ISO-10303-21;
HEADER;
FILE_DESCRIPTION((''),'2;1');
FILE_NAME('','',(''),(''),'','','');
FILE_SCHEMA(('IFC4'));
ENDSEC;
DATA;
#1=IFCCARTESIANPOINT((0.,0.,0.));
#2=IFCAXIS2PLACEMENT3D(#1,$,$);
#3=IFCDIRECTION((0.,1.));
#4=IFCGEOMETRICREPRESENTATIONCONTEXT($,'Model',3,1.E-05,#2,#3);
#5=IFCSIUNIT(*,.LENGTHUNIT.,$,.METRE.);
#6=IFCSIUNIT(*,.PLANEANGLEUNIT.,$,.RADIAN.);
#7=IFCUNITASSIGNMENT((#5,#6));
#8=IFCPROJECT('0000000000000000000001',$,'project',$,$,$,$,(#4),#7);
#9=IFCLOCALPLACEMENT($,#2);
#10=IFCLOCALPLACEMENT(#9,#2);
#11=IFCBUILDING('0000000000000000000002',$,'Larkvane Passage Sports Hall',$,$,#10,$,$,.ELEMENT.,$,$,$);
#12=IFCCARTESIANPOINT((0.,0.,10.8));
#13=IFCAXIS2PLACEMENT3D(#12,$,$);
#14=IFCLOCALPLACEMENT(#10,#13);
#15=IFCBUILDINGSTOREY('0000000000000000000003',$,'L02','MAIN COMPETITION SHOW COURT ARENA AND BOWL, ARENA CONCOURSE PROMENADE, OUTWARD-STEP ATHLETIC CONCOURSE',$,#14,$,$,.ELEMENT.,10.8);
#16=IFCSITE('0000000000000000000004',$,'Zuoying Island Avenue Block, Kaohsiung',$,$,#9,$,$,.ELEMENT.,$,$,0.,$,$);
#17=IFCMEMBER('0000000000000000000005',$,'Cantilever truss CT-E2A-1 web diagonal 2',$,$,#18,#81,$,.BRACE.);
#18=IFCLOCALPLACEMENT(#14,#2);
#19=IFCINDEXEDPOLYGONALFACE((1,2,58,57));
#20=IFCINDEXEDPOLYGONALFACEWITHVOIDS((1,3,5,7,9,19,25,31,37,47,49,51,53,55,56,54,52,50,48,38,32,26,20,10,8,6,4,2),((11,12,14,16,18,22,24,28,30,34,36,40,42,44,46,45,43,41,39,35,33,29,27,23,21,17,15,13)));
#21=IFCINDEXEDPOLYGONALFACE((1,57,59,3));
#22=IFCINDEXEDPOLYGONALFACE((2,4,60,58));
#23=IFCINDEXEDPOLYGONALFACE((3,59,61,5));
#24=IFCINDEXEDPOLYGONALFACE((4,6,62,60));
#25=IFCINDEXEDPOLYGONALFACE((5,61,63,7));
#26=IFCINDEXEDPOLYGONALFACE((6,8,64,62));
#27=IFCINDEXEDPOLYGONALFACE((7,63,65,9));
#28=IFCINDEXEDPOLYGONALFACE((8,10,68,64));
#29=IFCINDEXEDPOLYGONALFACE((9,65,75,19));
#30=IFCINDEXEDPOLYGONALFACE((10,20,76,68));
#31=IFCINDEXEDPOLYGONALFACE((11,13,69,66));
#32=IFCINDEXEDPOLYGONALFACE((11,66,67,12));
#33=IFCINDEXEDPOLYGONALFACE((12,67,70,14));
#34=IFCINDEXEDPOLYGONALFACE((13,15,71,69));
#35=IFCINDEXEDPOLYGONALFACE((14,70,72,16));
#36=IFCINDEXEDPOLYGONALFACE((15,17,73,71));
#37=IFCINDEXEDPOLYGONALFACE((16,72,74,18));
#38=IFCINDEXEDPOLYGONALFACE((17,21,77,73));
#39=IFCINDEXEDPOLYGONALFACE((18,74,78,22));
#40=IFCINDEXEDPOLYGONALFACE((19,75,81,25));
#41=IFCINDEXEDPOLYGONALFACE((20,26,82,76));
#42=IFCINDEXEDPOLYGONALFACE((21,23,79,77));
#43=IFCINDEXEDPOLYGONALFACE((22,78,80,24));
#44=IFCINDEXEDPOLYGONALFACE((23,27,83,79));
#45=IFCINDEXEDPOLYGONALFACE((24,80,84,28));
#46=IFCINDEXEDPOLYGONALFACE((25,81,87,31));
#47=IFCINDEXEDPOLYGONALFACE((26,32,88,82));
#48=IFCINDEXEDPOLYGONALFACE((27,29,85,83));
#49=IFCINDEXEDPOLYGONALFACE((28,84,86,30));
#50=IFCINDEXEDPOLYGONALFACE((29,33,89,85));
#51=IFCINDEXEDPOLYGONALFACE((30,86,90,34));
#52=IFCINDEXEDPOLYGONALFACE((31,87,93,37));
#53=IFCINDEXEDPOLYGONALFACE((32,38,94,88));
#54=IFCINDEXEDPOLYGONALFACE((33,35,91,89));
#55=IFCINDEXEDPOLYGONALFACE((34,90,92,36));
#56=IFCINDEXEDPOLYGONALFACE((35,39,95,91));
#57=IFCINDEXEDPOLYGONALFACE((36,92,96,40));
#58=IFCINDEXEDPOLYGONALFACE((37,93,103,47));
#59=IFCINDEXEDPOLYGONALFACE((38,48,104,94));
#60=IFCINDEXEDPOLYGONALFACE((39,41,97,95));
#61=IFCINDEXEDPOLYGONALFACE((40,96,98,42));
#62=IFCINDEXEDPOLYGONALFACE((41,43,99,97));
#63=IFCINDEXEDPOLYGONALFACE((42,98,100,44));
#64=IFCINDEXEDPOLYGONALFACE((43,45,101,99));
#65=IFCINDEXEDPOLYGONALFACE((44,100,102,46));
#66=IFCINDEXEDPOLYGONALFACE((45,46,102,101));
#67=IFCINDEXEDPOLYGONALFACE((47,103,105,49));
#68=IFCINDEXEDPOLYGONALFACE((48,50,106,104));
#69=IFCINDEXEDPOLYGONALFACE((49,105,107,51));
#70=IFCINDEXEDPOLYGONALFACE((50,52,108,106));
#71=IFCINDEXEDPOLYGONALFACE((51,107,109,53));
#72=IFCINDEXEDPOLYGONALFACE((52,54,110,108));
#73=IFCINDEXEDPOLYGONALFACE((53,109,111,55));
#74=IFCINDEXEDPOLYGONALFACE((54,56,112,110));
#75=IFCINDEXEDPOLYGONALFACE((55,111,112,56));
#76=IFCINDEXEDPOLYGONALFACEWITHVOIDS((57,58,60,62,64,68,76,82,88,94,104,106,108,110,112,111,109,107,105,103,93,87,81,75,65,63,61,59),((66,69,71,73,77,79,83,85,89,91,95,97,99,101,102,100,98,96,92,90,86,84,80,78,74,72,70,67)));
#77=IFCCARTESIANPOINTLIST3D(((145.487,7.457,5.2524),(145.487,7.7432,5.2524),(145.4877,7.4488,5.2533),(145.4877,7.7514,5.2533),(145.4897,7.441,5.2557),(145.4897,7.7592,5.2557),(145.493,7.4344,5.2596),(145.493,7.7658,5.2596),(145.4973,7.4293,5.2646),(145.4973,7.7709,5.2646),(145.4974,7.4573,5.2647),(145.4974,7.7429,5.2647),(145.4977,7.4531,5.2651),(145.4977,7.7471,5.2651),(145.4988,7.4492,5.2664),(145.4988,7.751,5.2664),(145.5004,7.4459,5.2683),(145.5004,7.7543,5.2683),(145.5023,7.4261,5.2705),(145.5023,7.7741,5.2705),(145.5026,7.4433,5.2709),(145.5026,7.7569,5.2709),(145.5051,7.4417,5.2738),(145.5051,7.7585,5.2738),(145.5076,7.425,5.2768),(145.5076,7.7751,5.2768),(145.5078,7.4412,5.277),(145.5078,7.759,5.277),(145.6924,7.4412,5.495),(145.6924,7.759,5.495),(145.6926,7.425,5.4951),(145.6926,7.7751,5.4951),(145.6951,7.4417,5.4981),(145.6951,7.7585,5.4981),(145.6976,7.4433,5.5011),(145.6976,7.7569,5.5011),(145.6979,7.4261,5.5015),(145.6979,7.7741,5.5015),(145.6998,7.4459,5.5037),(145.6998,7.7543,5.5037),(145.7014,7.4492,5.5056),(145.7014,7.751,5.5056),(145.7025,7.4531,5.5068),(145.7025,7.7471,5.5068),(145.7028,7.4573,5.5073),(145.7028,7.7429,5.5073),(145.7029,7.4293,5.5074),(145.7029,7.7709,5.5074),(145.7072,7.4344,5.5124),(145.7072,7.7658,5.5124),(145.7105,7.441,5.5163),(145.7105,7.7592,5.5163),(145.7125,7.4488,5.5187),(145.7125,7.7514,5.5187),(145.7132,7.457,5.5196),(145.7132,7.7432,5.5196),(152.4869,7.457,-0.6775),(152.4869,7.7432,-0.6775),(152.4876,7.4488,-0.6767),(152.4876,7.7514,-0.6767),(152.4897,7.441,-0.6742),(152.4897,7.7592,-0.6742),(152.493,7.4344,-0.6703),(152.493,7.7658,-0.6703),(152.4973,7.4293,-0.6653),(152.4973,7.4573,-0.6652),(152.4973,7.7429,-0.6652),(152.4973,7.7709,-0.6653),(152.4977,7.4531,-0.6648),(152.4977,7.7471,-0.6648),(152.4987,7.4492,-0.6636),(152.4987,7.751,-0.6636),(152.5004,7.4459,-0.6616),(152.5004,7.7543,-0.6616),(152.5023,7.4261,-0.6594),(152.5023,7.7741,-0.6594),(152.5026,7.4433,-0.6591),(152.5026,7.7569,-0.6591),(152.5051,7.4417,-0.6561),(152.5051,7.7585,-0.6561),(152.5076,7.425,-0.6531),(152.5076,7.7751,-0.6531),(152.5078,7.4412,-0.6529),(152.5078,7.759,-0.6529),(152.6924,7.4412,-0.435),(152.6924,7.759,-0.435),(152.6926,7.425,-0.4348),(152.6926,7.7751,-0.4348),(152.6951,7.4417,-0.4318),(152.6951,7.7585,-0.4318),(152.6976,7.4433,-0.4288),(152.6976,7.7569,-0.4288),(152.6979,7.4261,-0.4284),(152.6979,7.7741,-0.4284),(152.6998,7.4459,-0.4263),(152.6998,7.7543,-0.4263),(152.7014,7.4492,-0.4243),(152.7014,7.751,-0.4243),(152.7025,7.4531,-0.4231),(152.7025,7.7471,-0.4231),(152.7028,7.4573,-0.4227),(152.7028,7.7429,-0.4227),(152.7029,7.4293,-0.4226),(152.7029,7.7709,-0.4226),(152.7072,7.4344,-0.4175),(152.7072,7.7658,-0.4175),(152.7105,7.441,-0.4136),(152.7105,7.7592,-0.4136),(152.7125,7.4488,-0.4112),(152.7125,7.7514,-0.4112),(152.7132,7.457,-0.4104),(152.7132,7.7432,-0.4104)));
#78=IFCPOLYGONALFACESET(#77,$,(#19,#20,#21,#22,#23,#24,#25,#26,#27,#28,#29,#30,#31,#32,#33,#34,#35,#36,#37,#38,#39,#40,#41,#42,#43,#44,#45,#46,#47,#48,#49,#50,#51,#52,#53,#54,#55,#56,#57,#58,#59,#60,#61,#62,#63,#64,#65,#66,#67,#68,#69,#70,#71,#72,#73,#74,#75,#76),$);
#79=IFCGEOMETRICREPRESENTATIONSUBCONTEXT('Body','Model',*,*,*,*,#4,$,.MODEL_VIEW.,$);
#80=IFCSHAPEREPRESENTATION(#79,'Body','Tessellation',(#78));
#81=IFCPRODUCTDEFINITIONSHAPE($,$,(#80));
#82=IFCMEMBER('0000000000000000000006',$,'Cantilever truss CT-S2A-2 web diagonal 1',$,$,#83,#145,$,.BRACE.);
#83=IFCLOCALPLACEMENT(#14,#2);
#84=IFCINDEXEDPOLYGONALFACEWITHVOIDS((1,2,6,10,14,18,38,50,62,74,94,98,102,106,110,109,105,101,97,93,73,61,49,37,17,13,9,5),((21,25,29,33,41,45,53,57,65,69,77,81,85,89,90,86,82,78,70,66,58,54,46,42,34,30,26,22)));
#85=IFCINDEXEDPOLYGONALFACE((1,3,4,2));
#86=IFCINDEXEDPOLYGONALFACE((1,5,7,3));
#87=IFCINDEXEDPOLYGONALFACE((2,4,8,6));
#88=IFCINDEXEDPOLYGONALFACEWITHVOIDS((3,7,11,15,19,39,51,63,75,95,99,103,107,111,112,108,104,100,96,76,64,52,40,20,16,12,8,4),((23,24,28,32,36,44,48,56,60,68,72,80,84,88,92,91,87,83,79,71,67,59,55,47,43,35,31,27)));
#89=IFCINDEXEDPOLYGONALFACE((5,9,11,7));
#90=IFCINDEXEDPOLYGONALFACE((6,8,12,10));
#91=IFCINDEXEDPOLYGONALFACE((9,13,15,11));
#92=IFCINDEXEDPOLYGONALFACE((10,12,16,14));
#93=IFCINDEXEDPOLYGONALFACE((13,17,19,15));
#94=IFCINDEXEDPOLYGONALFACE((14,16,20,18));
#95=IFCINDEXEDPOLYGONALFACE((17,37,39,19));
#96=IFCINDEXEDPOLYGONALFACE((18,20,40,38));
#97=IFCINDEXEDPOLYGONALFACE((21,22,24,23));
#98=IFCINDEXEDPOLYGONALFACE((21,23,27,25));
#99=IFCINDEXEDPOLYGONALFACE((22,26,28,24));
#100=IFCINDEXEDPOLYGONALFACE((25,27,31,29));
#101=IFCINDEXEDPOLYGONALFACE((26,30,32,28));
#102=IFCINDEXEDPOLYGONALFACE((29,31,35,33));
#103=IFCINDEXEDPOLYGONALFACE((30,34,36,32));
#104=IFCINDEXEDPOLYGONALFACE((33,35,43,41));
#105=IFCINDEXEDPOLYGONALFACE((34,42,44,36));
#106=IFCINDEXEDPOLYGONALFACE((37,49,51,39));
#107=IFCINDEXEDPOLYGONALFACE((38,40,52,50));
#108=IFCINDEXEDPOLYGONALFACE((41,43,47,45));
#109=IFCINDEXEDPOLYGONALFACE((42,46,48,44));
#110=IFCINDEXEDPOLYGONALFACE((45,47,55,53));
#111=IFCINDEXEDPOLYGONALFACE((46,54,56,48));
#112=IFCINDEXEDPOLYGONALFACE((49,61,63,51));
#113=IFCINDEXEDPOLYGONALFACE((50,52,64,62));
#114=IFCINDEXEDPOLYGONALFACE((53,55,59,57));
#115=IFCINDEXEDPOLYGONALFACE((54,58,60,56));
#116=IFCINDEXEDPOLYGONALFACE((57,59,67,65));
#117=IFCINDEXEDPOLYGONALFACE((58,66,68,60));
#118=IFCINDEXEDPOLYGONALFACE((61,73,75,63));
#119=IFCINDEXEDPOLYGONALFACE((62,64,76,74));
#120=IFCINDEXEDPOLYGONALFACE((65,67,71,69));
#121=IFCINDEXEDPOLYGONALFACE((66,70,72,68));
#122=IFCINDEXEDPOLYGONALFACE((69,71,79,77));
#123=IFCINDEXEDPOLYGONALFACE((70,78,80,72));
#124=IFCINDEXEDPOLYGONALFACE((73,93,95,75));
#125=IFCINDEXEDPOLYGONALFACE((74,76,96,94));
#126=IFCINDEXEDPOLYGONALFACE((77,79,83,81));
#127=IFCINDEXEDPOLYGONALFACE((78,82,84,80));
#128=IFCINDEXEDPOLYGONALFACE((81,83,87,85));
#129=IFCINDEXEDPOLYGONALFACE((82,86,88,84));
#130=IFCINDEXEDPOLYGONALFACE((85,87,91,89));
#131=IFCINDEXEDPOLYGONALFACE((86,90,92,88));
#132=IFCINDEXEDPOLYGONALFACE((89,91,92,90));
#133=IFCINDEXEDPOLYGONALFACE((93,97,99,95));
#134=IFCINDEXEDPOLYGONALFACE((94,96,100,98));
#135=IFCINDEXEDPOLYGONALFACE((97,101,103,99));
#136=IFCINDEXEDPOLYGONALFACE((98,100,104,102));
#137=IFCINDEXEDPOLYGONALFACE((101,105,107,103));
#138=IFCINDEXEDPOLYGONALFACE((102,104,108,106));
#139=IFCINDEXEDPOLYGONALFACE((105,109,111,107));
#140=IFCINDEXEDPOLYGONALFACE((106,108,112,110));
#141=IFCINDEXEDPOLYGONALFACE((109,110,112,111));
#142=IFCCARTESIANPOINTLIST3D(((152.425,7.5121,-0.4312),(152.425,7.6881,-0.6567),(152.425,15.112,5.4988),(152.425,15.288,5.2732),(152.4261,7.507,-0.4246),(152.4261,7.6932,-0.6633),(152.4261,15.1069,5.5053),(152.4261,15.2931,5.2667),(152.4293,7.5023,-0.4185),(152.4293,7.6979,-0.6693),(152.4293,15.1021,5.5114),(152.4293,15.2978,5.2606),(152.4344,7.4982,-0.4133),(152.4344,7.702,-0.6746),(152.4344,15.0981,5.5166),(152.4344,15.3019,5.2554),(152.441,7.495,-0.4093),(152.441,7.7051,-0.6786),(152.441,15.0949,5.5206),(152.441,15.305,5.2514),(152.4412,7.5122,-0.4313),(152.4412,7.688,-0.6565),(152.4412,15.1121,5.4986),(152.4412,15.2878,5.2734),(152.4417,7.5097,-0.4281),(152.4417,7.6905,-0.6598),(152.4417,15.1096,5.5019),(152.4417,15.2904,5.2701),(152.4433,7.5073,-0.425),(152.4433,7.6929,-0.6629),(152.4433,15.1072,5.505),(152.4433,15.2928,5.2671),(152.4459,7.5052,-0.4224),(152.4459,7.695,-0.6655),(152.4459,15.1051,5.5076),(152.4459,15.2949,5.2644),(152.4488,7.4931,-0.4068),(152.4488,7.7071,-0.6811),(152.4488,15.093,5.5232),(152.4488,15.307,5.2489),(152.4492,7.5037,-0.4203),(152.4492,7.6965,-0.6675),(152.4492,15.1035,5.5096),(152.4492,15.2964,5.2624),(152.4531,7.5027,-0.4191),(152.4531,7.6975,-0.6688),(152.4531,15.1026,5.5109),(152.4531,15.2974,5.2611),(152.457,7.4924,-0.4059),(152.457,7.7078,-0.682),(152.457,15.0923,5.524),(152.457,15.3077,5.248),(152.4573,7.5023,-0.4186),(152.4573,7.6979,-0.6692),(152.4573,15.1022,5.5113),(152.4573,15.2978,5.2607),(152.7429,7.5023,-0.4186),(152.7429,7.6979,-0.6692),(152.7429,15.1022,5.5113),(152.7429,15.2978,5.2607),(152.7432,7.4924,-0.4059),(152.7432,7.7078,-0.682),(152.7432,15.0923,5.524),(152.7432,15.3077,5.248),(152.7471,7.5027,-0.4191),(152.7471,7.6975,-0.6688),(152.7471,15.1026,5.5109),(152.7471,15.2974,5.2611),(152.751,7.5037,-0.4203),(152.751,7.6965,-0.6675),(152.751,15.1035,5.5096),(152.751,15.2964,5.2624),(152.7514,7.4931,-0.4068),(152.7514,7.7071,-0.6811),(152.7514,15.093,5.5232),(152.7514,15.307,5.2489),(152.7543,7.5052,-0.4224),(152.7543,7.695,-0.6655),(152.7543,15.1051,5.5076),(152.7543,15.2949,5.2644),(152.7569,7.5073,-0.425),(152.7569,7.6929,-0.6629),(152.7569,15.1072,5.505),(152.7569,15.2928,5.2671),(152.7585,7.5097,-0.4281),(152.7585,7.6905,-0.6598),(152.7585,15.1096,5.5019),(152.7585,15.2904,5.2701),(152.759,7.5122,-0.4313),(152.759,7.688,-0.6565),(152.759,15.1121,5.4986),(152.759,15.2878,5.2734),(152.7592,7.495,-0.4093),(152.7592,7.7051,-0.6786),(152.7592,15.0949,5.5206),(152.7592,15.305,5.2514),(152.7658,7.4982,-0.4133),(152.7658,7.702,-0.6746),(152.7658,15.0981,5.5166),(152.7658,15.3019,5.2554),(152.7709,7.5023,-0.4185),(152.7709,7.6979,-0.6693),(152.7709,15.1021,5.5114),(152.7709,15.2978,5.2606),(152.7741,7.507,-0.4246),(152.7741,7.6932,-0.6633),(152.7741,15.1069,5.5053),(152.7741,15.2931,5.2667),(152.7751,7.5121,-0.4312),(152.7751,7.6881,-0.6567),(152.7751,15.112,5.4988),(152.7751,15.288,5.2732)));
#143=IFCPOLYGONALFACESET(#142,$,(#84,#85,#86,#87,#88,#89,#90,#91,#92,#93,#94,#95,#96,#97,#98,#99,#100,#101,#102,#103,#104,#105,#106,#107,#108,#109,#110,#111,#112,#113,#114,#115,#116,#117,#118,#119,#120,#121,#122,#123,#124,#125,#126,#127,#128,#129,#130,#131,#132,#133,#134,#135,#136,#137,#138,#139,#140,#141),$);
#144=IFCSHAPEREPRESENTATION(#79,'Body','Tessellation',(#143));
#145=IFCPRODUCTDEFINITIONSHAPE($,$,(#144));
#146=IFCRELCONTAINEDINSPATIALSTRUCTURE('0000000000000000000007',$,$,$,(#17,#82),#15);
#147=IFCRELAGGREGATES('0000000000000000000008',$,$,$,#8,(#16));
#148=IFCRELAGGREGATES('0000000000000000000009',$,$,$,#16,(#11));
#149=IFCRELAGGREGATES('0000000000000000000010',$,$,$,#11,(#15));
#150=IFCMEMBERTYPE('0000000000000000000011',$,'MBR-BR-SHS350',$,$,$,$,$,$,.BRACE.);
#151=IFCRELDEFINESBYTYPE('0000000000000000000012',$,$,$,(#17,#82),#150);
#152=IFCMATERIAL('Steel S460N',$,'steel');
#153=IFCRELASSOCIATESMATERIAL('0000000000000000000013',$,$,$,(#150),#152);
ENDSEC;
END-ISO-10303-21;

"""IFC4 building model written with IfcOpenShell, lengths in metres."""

from ifc_helpers import new_model, si_unit, direction, frame, origin, origin_2d, place, context, subcontext, project, spatial, hollow_rectangle, extrude, material, material_profile, profile_set, type_object, element, save


model = new_model("IFC4")

# Units and contexts
model_context = context("Model", 3, precision=1e-05, world=origin(), true_north=direction((0.0, 1.0)))
body_context = subcontext(model_context, "Body", "Model", "MODEL_VIEW")
ifc_project = project(units=[si_unit("LENGTHUNIT", "METRE"), si_unit("PLANEANGLEUNIT", "RADIAN")], contexts=[model_context])

# Site, building, storey
site_placement = place(None, origin())
site = spatial("IfcSite", under=ifc_project, at=site_placement, Name="Zuoying Island Avenue Block, Kaohsiung", CompositionType="ELEMENT", RefElevation=0.0)
building_placement = place(site_placement, origin())
building = spatial("IfcBuilding", under=site, at=building_placement, Name="Larkvane Passage Sports Hall", CompositionType="ELEMENT")
storey_placement = place(building_placement, frame((0.0, 0.0, 10.8)))
storey = spatial("IfcBuildingStorey", under=building, at=storey_placement, Name="L02", Description="MAIN COMPETITION SHOW COURT ARENA AND BOWL, ARENA CONCOURSE PROMENADE, OUTWARD-STEP ATHLETIC CONCOURSE", CompositionType="ELEMENT", Elevation=10.8)

# Shared definitions
ifc_material_1 = material(Name="Steel S460N", Category="steel")

# Members
ifc_material_profile_1 = material_profile(ifc_material_1, hollow_rectangle(XDim=0.3501, YDim=0.3501, WallThickness=0.0161, InnerFilletRadius=0.0161, OuterFilletRadius=0.032, at=origin_2d()), Name="SHS-350x350x16")
ifc_profile_set_1 = profile_set([ifc_material_profile_1], Name="Steel S460N")
member_type_1 = type_object("IfcMemberType", Name="MBR-BR-SHS350", PredefinedType="BRACE", material=ifc_profile_set_1)
member_1_placement = place(storey_placement, frame((145.6001, 7.6001, 5.386), z_axis=(0.763018, 0.0, -0.646378), x_axis=(0.0, 1.0, 0.0)))
element("IfcMember", 1, at=member_1_placement, inside=storey, type_object=member_type_1, Name="Cantilever truss CT-E2A-1 web diagonal 2", PredefinedType="BRACE", context=body_context, shape_type="SweptSolid", body=[
    extrude(hollow_rectangle(XDim=0.3501, YDim=0.3501, WallThickness=0.0161, InnerFilletRadius=0.0161, OuterFilletRadius=0.032, at=origin_2d()), origin(), (0.0, 0.0, 1.0), 9.1741),
])
member_2_placement = place(storey_placement, frame((152.6001, 7.6001, -0.5439), z_axis=(0.0, 0.788399, 0.615164), x_axis=(-1.0, 0.0, 0.0)))
element("IfcMember", 2, at=member_2_placement, inside=storey, type_object=member_type_1, Name="Cantilever truss CT-S2A-2 web diagonal 1", PredefinedType="BRACE", context=body_context, shape_type="SweptSolid", body=[
    extrude(hollow_rectangle(XDim=0.3501, YDim=0.3501, WallThickness=0.0161, InnerFilletRadius=0.0161, OuterFilletRadius=0.032, at=origin_2d()), origin(), (0.0, 0.0, 1.0), 9.6396),
])

save(model, "model.ifc")
